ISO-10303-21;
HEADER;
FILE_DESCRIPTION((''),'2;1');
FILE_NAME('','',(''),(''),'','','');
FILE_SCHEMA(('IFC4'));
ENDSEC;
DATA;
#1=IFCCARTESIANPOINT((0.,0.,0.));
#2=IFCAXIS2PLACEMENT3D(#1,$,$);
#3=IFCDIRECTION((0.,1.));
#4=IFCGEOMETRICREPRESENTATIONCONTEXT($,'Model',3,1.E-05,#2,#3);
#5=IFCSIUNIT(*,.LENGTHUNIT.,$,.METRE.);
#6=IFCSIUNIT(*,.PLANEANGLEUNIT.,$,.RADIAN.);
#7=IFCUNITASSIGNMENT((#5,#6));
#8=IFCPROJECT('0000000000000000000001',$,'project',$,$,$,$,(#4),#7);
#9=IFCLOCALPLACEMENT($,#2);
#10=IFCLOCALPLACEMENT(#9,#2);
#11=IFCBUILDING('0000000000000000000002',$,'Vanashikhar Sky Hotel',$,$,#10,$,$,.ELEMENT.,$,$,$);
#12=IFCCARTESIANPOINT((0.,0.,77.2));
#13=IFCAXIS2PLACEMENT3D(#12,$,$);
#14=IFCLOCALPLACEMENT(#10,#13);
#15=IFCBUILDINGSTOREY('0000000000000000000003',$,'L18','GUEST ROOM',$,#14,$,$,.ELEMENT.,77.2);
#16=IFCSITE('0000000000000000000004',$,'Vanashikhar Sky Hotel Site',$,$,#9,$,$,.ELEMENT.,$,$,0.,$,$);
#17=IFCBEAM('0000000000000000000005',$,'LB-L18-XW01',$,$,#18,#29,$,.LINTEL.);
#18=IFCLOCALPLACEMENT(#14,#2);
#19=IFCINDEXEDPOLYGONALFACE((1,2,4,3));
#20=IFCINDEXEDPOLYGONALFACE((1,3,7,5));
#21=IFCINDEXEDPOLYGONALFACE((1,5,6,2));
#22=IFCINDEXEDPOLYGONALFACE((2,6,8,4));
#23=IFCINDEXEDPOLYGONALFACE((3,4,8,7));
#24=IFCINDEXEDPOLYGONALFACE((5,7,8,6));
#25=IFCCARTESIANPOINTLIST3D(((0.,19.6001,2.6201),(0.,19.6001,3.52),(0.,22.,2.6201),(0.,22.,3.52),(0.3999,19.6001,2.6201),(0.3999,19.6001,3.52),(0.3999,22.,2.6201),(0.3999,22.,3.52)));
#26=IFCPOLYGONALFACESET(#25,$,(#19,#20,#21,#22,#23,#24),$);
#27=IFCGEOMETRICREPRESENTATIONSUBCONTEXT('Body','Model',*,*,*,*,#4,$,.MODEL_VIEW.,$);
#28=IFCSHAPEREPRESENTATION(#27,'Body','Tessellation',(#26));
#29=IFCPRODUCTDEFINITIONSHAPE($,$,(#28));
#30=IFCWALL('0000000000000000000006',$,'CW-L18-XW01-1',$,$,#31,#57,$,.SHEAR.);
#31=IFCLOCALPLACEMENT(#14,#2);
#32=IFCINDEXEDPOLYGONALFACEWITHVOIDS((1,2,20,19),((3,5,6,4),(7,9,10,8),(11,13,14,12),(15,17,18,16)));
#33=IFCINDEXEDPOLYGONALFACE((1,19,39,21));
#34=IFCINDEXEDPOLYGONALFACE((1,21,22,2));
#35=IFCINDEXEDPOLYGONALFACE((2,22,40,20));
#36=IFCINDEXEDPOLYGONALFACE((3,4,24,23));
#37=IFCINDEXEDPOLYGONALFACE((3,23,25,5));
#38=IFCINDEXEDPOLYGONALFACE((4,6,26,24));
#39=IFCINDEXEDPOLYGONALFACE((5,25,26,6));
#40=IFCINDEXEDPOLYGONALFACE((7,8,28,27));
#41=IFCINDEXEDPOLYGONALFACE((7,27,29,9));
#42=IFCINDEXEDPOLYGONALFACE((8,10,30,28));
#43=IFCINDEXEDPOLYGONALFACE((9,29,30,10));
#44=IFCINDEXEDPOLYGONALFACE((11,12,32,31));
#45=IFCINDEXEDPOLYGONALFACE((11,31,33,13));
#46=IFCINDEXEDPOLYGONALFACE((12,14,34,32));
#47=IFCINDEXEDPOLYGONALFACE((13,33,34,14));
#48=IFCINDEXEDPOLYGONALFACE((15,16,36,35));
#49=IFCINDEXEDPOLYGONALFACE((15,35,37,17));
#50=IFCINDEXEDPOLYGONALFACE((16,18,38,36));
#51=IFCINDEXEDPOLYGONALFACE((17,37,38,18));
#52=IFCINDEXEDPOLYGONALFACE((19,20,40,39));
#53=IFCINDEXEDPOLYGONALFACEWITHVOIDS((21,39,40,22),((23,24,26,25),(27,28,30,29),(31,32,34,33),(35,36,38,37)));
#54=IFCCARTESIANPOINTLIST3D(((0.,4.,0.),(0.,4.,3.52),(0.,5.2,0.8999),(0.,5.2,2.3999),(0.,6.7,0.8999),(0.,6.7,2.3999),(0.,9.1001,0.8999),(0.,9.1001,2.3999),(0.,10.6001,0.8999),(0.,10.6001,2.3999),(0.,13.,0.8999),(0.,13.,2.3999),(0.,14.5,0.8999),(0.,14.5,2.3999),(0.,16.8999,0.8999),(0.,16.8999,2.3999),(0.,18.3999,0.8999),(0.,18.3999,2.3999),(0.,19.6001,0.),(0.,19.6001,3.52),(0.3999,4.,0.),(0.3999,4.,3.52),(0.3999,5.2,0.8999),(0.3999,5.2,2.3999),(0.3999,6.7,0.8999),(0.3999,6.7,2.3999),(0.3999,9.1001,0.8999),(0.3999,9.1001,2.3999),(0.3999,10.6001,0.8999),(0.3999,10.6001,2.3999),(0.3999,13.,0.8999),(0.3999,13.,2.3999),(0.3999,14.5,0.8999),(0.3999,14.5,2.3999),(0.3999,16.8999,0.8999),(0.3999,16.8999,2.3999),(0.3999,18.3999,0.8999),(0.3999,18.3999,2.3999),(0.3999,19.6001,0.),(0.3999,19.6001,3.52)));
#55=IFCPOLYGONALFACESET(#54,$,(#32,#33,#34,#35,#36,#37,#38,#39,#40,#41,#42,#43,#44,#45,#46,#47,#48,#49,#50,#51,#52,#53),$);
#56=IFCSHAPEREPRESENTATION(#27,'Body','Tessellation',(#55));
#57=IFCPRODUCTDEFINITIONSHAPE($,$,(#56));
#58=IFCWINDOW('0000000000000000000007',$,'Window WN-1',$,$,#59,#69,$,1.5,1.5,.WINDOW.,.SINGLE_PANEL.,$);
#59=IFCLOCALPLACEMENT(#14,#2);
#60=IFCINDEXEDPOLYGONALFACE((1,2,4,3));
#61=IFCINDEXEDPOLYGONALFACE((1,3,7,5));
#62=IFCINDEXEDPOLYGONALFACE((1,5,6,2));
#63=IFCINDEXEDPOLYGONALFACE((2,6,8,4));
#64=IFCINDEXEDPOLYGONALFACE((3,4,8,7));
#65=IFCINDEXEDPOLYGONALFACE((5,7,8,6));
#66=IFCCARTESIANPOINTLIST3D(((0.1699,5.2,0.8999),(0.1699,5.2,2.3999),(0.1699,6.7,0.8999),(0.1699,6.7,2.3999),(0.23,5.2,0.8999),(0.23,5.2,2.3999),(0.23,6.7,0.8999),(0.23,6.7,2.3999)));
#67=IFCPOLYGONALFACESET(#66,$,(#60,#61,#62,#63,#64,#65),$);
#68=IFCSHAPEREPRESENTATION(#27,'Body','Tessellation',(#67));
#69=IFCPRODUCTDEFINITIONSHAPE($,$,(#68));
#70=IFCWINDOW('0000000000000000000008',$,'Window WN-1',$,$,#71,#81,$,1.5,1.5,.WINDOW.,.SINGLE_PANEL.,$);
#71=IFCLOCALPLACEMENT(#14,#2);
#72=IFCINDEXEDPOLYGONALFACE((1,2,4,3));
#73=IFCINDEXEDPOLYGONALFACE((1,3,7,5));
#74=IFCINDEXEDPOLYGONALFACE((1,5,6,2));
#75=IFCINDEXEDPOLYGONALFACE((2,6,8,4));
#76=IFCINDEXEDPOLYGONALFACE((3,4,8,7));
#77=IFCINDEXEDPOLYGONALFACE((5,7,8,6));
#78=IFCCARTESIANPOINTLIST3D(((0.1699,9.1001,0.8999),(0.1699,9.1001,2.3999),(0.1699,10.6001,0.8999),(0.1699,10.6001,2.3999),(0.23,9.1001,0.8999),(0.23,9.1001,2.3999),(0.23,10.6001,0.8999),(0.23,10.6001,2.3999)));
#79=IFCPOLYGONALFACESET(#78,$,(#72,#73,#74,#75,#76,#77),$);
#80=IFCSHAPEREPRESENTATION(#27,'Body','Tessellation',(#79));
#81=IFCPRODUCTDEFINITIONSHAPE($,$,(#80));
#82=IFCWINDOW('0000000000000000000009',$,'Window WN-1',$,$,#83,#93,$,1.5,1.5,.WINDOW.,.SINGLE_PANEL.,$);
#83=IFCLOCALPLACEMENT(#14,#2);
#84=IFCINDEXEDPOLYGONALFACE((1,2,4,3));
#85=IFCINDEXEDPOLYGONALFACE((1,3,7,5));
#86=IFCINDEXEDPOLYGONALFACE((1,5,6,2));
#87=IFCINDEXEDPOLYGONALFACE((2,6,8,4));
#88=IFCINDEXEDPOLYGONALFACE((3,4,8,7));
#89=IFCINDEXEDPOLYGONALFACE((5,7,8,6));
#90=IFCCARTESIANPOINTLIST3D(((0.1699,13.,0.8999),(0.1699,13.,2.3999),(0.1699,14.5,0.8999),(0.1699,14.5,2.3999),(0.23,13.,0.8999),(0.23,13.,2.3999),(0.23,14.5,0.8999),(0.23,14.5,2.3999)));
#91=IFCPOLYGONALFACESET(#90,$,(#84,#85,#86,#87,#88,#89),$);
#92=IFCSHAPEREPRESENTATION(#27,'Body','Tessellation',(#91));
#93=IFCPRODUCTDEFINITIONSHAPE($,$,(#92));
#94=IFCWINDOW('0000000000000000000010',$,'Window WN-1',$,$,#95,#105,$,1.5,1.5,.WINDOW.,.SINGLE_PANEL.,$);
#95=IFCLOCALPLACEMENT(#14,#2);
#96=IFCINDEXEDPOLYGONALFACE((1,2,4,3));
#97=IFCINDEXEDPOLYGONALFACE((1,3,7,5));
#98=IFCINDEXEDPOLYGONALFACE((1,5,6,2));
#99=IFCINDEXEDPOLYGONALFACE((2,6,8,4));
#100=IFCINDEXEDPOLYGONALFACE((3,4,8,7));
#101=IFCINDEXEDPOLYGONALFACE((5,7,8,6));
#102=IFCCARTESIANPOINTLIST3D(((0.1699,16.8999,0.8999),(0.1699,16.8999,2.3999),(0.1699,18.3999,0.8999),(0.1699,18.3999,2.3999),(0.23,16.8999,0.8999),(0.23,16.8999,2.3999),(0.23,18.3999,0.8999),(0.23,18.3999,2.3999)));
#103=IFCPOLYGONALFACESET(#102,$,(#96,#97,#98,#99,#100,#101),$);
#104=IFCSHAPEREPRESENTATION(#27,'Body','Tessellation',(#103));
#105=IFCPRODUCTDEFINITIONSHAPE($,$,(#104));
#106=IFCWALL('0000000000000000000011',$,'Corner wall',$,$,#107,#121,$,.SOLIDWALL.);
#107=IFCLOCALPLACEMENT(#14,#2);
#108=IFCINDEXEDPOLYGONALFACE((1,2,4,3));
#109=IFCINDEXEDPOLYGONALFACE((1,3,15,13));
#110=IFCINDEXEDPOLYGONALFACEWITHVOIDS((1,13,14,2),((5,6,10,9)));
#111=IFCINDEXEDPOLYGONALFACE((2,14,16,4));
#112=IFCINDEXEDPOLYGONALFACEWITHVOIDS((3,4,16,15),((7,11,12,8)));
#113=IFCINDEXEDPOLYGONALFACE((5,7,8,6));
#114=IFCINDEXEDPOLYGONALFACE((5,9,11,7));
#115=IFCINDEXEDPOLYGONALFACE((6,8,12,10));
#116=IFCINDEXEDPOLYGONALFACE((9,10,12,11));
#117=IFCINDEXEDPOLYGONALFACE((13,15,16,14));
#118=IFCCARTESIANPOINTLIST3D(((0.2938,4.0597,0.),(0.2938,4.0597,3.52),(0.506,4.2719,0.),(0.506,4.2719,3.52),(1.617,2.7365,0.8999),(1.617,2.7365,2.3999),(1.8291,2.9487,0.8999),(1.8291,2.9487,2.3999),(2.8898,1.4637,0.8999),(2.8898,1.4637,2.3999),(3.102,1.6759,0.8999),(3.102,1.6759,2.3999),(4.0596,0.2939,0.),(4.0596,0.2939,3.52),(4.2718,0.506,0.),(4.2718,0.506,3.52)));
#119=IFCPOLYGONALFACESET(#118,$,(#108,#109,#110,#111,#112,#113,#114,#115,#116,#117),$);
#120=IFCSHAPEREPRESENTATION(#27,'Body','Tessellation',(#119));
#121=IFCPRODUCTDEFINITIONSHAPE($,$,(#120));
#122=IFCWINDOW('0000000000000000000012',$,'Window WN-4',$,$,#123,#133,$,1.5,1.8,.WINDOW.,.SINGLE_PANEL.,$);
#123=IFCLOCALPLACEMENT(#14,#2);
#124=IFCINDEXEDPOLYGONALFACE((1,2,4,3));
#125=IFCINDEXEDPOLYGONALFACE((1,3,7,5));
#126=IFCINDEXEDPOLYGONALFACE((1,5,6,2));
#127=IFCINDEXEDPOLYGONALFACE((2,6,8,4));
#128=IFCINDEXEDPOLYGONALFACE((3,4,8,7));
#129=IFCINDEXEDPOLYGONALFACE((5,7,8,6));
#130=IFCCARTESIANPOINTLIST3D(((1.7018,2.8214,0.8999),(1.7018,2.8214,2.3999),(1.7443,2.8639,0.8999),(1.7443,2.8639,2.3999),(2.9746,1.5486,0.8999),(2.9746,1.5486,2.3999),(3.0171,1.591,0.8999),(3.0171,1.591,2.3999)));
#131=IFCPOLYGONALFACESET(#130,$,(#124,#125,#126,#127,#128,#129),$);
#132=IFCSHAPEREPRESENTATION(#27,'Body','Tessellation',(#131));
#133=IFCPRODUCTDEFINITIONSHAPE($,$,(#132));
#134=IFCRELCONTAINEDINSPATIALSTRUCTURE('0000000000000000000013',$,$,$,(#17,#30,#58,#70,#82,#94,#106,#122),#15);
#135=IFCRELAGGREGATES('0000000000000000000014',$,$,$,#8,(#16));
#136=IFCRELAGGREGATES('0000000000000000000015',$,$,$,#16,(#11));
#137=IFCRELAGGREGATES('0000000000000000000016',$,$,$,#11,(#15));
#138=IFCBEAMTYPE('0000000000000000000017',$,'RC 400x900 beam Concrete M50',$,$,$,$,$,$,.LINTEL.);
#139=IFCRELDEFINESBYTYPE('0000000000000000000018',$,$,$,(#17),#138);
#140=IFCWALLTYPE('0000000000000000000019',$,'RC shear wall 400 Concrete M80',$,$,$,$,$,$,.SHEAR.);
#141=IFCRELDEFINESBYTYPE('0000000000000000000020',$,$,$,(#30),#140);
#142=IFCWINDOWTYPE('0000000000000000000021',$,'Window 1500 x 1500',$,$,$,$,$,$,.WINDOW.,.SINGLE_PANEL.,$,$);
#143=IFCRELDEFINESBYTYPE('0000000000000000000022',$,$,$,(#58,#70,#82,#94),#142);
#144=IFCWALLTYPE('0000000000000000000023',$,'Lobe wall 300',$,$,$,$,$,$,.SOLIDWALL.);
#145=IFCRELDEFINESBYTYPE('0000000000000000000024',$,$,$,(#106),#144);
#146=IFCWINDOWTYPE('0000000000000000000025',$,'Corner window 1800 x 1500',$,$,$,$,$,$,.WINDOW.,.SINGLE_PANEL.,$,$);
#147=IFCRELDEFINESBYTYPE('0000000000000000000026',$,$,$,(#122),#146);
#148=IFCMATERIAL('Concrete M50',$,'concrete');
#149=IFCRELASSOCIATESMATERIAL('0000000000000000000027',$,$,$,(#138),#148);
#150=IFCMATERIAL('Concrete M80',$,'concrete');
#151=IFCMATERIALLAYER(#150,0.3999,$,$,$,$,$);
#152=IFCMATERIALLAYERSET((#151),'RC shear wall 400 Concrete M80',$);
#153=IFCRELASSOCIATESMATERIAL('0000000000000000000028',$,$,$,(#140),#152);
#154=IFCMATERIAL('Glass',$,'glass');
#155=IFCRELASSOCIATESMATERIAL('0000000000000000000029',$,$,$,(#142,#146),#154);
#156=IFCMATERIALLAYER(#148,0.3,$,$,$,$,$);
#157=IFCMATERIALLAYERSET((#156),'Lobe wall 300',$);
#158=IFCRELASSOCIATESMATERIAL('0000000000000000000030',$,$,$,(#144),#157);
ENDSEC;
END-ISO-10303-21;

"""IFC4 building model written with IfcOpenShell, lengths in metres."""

from ifc_helpers import new_model, si_unit, direction, frame, frame_2d, origin, origin_2d, place, context, subcontext, project, spatial, rectangle, extrude, source, transform, mapped, material, layer, layer_set, material_profile, profile_set, type_object, element, fill, save


model = new_model("IFC4")

# Units and contexts
model_context = context("Model", 3, precision=1e-05, world=origin(), true_north=direction((0.0, 1.0)))
body_context = subcontext(model_context, "Body", "Model", "MODEL_VIEW")
ifc_project = project(units=[si_unit("LENGTHUNIT", "METRE"), si_unit("PLANEANGLEUNIT", "RADIAN")], contexts=[model_context])

# Site, building, storey
site_placement = place(None, origin())
site = spatial("IfcSite", under=ifc_project, at=site_placement, Name="Vanashikhar Sky Hotel Site", CompositionType="ELEMENT", RefElevation=0.0)
building_placement = place(site_placement, origin())
building = spatial("IfcBuilding", under=site, at=building_placement, Name="Vanashikhar Sky Hotel", CompositionType="ELEMENT")
storey_placement = place(building_placement, frame((0.0, 0.0, 77.2)))
storey = spatial("IfcBuildingStorey", under=building, at=storey_placement, Name="L18", Description="GUEST ROOM", CompositionType="ELEMENT", Elevation=77.2)

# Beam
ifc_material_1 = material(Name="Concrete M50", Category="concrete")
ifc_material_profile = material_profile(ifc_material_1, rectangle(XDim=0.3999, YDim=0.8999, at=origin_2d()))
ifc_profile_set = profile_set([ifc_material_profile], Name="RC 400x900 beam Concrete M50")
beam_type = type_object("IfcBeamType", Name="RC 400x900 beam Concrete M50", PredefinedType="LINTEL", material=ifc_profile_set)
shared_shape_1 = source(origin(), body_context, "Body", "SweptSolid", [
    extrude(rectangle(XDim=0.3999, YDim=0.8999, at=origin_2d()), origin(), (0.0, 0.0, 1.0), 2.3999),
])
beam_placement = place(storey_placement, frame((0.2, 19.6001, 3.0701), z_axis=(0.0, 1.0, 0.0), x_axis=(-1.0, 0.0, 0.0)))
element("IfcBeam", 1, at=beam_placement, inside=storey, type_object=beam_type, Name="LB-L18-XW01", PredefinedType="LINTEL", context=body_context, shape_type="MappedRepresentation", body=[
    mapped(shared_shape_1, transform((0.0, 0.0, 0.0), scale=1.0)),
])

# Wall, openings, windows
ifc_material_2 = material(Name="Concrete M80", Category="concrete")
ifc_layer_1 = layer(ifc_material_2, 0.3999)
ifc_layer_set_1 = layer_set([ifc_layer_1], Name="RC shear wall 400 Concrete M80")
wall_type_1 = type_object("IfcWallType", Name="RC shear wall 400 Concrete M80", PredefinedType="SHEAR", material=ifc_layer_set_1)
shared_shape_2 = source(origin(), body_context, "Body", "SweptSolid", [
    extrude(rectangle(XDim=15.6001, YDim=0.3999, at=frame_2d((7.8, 0.0))), origin(), (0.0, 0.0, 1.0), 3.52),
])
wall_1_placement = place(storey_placement, frame((0.2, 4.0, 0.0), z_axis=(0.0, 0.0, 1.0), x_axis=(0.0, 1.0, 0.0)))
wall_1 = element("IfcWall", 2, at=wall_1_placement, inside=storey, type_object=wall_type_1, Name="CW-L18-XW01-1", PredefinedType="SHEAR", context=body_context, shape_type="MappedRepresentation", body=[
    mapped(shared_shape_2, transform((0.0, 0.0, 0.0), scale=1.0)),
])
shared_shape_3 = source(origin(), body_context, "Body", "SweptSolid", [
    extrude(rectangle(XDim=1.5, YDim=1.5, at=frame_2d((0.75, 0.75))), frame((0.0, 0.21, 0.0), z_axis=(0.0, -1.0, 0.0), x_axis=(1.0, 0.0, 0.0)), (0.0, 0.0, 1.0), 0.4199),
])
opening_1_placement = place(wall_1_placement, frame((1.2, 0.0, 0.8999)))
opening_1 = element("IfcOpeningElement", 3, at=opening_1_placement, cuts=wall_1, PredefinedType="OPENING", context=body_context, shape_type="MappedRepresentation", body=[
    mapped(shared_shape_3, transform((0.0, 0.0, 0.0), scale=1.0)),
])
opening_2_placement = place(wall_1_placement, frame((5.1001, 0.0, 0.8999)))
opening_2 = element("IfcOpeningElement", 4, at=opening_2_placement, cuts=wall_1, PredefinedType="OPENING", context=body_context, shape_type="MappedRepresentation", body=[
    mapped(shared_shape_3, transform((0.0, 0.0, 0.0), scale=1.0)),
])
opening_3_placement = place(wall_1_placement, frame((9.0, 0.0, 0.8999)))
opening_3 = element("IfcOpeningElement", 5, at=opening_3_placement, cuts=wall_1, PredefinedType="OPENING", context=body_context, shape_type="MappedRepresentation", body=[
    mapped(shared_shape_3, transform((0.0, 0.0, 0.0), scale=1.0)),
])
opening_4_placement = place(wall_1_placement, frame((12.8999, 0.0, 0.8999)))
opening_4 = element("IfcOpeningElement", 6, at=opening_4_placement, cuts=wall_1, PredefinedType="OPENING", context=body_context, shape_type="MappedRepresentation", body=[
    mapped(shared_shape_3, transform((0.0, 0.0, 0.0), scale=1.0)),
])
ifc_material_3 = material(Name="Glass", Category="glass")
window_type_1 = type_object("IfcWindowType", Name="Window 1500 x 1500", PartitioningType="SINGLE_PANEL", PredefinedType="WINDOW", material=ifc_material_3)
shared_shape_4 = source(origin(), body_context, "Body", "SweptSolid", [
    extrude(rectangle(XDim=1.5, YDim=1.5, at=frame_2d((0.75, 0.75))), frame((0.0, 0.03, 0.0), z_axis=(0.0, -1.0, 0.0), x_axis=(1.0, 0.0, 0.0)), (0.0, 0.0, 1.0), 0.0601),
])
window_1_placement = place(opening_1_placement, origin())
window_1 = element("IfcWindow", 7, at=window_1_placement, inside=storey, type_object=window_type_1, Name="Window WN-1", OverallHeight=1.5, OverallWidth=1.5, PartitioningType="SINGLE_PANEL", PredefinedType="WINDOW", context=body_context, shape_type="MappedRepresentation", body=[
    mapped(shared_shape_4, transform((0.0, 0.0, 0.0), scale=1.0)),
])
fill(opening_1, window_1)
window_2_placement = place(opening_2_placement, origin())
window_2 = element("IfcWindow", 8, at=window_2_placement, inside=storey, type_object=window_type_1, Name="Window WN-1", OverallHeight=1.5, OverallWidth=1.5, PartitioningType="SINGLE_PANEL", PredefinedType="WINDOW", context=body_context, shape_type="MappedRepresentation", body=[
    mapped(shared_shape_4, transform((0.0, 0.0, 0.0), scale=1.0)),
])
fill(opening_2, window_2)
window_3_placement = place(opening_3_placement, origin())
window_3 = element("IfcWindow", 9, at=window_3_placement, inside=storey, type_object=window_type_1, Name="Window WN-1", OverallHeight=1.5, OverallWidth=1.5, PartitioningType="SINGLE_PANEL", PredefinedType="WINDOW", context=body_context, shape_type="MappedRepresentation", body=[
    mapped(shared_shape_4, transform((0.0, 0.0, 0.0), scale=1.0)),
])
fill(opening_3, window_3)
window_4_placement = place(opening_4_placement, origin())
window_4 = element("IfcWindow", 10, at=window_4_placement, inside=storey, type_object=window_type_1, Name="Window WN-1", OverallHeight=1.5, OverallWidth=1.5, PartitioningType="SINGLE_PANEL", PredefinedType="WINDOW", context=body_context, shape_type="MappedRepresentation", body=[
    mapped(shared_shape_4, transform((0.0, 0.0, 0.0), scale=1.0)),
])
fill(opening_4, window_4)

# Wall, opening, window
ifc_layer_2 = layer(ifc_material_1, 0.3)
ifc_layer_set_2 = layer_set([ifc_layer_2], Name="Lobe wall 300")
wall_type_2 = type_object("IfcWallType", Name="Lobe wall 300", PredefinedType="SOLIDWALL", material=ifc_layer_set_2)
shared_shape_5 = source(origin(), body_context, "Body", "SweptSolid", [
    extrude(rectangle(XDim=5.3257, YDim=0.3, at=frame_2d((2.6628, 0.0))), origin(), (0.0, 0.0, 1.0), 3.52),
])
wall_2_placement = place(storey_placement, frame((0.3999, 4.1658, 0.0), z_axis=(0.0, 0.0, 1.0), x_axis=(0.707107, -0.707107, 0.0)))
wall_2 = element("IfcWall", 11, at=wall_2_placement, inside=storey, type_object=wall_type_2, Name="Corner wall", PredefinedType="SOLIDWALL", context=body_context, shape_type="MappedRepresentation", body=[
    mapped(shared_shape_5, transform((0.0, 0.0, 0.0), scale=1.0)),
])
shared_shape_6 = source(origin(), body_context, "Body", "SweptSolid", [
    extrude(rectangle(XDim=1.8, YDim=1.5, at=frame_2d((0.8999, 0.75))), frame((0.0, 0.1602, 0.0), z_axis=(0.0, -1.0, 0.0), x_axis=(1.0, 0.0, 0.0)), (0.0, 0.0, 1.0), 0.3201),
])
opening_5_placement = place(wall_2_placement, frame((1.8713, 0.0, 0.8999)))
opening_5 = element("IfcOpeningElement", 12, at=opening_5_placement, cuts=wall_2, PredefinedType="OPENING", context=body_context, shape_type="MappedRepresentation", body=[
    mapped(shared_shape_6, transform((0.0, 0.0, 0.0), scale=1.0)),
])
window_type_2 = type_object("IfcWindowType", Name="Corner window 1800 x 1500", PartitioningType="SINGLE_PANEL", PredefinedType="WINDOW", material=ifc_material_3)
shared_shape_7 = source(origin(), body_context, "Body", "SweptSolid", [
    extrude(rectangle(XDim=1.8, YDim=1.5, at=frame_2d((0.8999, 0.75))), frame((0.0, 0.03, 0.0), z_axis=(0.0, -1.0, 0.0), x_axis=(1.0, 0.0, 0.0)), (0.0, 0.0, 1.0), 0.0601),
])
window_5_placement = place(opening_5_placement, origin())
window_5 = element("IfcWindow", 13, at=window_5_placement, inside=storey, type_object=window_type_2, Name="Window WN-4", OverallHeight=1.5, OverallWidth=1.8, PartitioningType="SINGLE_PANEL", PredefinedType="WINDOW", context=body_context, shape_type="MappedRepresentation", body=[
    mapped(shared_shape_7, transform((0.0, 0.0, 0.0), scale=1.0)),
])
fill(opening_5, window_5)

save(model, "model.ifc")
